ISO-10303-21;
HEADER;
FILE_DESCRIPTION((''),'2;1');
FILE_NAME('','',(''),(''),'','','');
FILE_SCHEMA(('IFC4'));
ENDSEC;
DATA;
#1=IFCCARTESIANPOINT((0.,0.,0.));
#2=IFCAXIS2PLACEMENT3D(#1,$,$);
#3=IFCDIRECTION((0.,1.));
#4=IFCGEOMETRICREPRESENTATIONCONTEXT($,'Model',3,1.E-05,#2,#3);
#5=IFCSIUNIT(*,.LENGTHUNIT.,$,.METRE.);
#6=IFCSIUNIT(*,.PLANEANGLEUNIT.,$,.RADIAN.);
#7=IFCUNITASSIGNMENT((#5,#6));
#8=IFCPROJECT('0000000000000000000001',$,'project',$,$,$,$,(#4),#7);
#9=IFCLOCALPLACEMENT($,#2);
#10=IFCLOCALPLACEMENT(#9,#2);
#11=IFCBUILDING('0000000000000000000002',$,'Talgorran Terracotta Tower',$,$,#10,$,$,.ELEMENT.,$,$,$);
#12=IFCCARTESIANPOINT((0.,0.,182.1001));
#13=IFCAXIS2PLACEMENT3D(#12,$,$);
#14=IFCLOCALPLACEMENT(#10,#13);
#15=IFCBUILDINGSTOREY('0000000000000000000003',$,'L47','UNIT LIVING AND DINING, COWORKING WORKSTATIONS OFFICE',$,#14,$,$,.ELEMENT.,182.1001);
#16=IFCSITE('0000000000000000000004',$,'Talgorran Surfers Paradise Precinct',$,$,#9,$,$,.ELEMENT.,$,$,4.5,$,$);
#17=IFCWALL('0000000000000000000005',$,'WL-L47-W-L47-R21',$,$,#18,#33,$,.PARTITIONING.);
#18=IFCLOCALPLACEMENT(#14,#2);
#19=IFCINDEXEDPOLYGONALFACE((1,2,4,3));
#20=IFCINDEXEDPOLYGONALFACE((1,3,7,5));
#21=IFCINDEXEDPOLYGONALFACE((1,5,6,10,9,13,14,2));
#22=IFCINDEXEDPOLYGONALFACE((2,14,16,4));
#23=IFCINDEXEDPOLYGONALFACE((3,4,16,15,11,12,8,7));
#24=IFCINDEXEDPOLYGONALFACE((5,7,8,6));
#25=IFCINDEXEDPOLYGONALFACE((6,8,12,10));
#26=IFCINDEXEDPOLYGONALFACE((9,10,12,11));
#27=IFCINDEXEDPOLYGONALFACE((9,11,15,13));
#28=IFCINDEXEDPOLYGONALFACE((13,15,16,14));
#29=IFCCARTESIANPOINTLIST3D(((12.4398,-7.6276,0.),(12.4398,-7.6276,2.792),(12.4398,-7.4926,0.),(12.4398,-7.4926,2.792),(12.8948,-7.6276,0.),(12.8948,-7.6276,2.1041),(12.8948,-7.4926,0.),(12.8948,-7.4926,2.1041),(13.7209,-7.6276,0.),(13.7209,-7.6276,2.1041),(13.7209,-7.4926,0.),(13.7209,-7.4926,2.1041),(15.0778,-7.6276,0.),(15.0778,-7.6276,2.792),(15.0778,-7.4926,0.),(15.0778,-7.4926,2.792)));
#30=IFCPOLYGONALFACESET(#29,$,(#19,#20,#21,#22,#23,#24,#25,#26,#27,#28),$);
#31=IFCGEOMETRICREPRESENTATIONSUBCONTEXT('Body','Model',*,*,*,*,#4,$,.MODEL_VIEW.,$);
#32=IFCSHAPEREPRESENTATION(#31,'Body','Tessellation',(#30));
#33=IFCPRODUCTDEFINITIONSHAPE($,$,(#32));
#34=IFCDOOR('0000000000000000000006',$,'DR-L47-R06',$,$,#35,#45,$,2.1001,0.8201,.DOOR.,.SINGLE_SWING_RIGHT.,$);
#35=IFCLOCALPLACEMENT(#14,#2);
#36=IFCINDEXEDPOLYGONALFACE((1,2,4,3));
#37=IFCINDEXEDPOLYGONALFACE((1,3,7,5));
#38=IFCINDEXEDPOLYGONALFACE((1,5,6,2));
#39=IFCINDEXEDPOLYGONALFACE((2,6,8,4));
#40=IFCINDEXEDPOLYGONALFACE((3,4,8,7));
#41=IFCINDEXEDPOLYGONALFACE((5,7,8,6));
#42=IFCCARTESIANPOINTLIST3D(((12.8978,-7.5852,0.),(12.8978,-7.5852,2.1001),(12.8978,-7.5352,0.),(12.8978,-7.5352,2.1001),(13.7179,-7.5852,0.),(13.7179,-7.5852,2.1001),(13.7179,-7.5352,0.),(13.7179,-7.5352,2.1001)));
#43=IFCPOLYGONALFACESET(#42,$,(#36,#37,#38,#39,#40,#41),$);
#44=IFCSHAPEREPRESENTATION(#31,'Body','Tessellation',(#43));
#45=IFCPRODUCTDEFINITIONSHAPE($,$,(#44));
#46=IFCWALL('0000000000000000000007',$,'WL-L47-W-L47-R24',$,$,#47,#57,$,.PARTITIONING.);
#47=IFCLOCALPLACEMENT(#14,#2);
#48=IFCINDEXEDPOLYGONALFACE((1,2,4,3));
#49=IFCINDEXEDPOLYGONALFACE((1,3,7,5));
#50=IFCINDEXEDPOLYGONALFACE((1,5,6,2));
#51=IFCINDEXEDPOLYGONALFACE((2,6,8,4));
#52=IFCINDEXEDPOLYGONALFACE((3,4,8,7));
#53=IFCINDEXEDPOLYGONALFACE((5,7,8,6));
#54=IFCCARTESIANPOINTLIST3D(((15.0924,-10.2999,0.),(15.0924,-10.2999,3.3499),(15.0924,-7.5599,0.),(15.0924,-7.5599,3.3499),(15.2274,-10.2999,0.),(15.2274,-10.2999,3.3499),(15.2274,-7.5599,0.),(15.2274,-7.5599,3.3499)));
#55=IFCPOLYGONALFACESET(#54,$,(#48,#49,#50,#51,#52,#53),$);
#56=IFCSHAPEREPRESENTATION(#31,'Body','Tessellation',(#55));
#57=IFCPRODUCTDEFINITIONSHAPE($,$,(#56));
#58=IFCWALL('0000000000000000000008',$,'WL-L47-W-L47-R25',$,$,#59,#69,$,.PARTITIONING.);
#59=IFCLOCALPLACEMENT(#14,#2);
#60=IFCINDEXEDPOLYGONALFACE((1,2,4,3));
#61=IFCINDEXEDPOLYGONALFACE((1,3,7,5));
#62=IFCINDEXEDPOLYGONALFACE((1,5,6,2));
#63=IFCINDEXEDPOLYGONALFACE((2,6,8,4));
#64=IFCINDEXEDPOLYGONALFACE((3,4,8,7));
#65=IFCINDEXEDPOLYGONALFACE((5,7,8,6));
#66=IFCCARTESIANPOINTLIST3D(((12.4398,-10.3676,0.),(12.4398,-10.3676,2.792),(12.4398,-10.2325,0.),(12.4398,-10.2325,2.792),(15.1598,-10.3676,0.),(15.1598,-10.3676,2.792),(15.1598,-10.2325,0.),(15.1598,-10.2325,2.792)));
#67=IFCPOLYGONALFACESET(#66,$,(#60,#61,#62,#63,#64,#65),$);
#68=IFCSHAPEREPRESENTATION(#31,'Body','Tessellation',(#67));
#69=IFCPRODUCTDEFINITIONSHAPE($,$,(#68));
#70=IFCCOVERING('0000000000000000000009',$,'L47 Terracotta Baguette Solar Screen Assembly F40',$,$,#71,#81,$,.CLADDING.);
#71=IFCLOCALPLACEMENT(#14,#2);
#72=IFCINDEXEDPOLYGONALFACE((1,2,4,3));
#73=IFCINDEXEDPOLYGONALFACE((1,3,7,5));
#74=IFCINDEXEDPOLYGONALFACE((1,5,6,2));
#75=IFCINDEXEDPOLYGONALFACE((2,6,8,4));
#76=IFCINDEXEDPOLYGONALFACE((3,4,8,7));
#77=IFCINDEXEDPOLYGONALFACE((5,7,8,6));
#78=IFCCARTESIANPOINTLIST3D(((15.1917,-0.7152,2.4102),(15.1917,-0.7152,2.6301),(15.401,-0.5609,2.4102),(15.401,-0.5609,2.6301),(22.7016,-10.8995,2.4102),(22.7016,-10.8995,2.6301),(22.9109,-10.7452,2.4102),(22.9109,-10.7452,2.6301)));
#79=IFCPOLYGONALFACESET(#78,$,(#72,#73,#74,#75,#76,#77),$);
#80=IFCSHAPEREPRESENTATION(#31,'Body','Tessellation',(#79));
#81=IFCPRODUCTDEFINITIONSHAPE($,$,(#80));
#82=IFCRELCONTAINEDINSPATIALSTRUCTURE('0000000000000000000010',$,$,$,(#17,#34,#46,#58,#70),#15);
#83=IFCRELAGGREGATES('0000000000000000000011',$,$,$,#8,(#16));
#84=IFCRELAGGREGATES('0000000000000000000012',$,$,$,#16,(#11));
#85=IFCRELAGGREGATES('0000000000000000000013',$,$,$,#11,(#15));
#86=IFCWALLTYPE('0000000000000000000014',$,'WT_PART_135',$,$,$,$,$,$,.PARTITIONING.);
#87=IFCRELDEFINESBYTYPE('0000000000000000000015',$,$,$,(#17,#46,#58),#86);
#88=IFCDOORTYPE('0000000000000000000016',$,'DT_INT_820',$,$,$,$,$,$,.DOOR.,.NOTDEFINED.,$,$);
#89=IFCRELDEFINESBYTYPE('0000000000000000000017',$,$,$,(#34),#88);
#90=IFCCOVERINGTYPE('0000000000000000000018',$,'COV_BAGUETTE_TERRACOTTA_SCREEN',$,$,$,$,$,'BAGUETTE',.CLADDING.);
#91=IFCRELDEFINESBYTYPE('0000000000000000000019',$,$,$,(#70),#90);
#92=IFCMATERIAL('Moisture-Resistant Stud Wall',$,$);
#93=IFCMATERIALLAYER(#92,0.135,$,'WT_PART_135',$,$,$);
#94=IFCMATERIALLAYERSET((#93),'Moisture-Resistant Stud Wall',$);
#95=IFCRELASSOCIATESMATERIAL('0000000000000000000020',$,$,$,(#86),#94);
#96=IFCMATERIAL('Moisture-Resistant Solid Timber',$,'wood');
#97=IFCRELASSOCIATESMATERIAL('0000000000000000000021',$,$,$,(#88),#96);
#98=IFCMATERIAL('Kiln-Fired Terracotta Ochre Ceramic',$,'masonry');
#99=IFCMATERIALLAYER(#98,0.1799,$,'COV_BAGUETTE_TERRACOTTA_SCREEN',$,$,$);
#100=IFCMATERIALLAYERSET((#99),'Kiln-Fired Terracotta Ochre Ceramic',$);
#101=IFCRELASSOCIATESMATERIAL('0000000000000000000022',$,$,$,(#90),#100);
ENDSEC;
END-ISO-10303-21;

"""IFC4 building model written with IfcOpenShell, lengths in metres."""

from ifc_helpers import new_model, si_unit, direction, frame, frame_2d, origin, origin_2d, place, context, subcontext, project, spatial, rectangle, extrude, material, layer, layer_set, type_object, element, fill, save


model = new_model("IFC4")

# Units and contexts
model_context = context("Model", 3, precision=1e-05, world=origin(), true_north=direction((0.0, 1.0)))
body_context = subcontext(model_context, "Body", "Model", "MODEL_VIEW")
ifc_project = project(units=[si_unit("LENGTHUNIT", "METRE"), si_unit("PLANEANGLEUNIT", "RADIAN")], contexts=[model_context])

# Site, building, storey
site_placement = place(None, origin())
site = spatial("IfcSite", under=ifc_project, at=site_placement, Name="Talgorran Surfers Paradise Precinct", CompositionType="ELEMENT", RefElevation=4.5)
building_placement = place(site_placement, origin())
building = spatial("IfcBuilding", under=site, at=building_placement, Name="Talgorran Terracotta Tower", CompositionType="ELEMENT")
storey_placement = place(building_placement, frame((0.0, 0.0, 182.1001)))
storey = spatial("IfcBuildingStorey", under=building, at=storey_placement, Name="L47", Description="UNIT LIVING AND DINING, COWORKING WORKSTATIONS OFFICE", CompositionType="ELEMENT", Elevation=182.1001)

# Wall, opening, door
ifc_material_1 = material(Name="Moisture-Resistant Stud Wall")
ifc_layer_1 = layer(ifc_material_1, 0.135, Name="WT_PART_135")
ifc_layer_set_1 = layer_set([ifc_layer_1], Name="Moisture-Resistant Stud Wall")
wall_type_1 = type_object("IfcWallType", Name="WT_PART_135", PredefinedType="PARTITIONING", material=ifc_layer_set_1)
wall_1_placement = place(storey_placement, frame((12.4399, -7.5601, 0.0), z_axis=(0.0, 0.0, 1.0), x_axis=(1.0, 0.0, 0.0)))
wall_1 = element("IfcWall", 1, at=wall_1_placement, inside=storey, type_object=wall_type_1, Name="WL-L47-W-L47-R21", PredefinedType="PARTITIONING", context=body_context, shape_type="SweptSolid", body=[
    extrude(rectangle(XDim=2.6379, YDim=0.135, at=frame_2d((1.3188, 0.0))), origin(), (0.0, 0.0, 1.0), 2.792),
])
opening_1_placement = place(wall_1_placement, frame((0.4578, 0.0, 0.0)))
opening_1 = element("IfcOpeningElement", 2, at=opening_1_placement, cuts=wall_1, PredefinedType="OPENING", context=body_context, shape_type="SweptSolid", body=[
    extrude(rectangle(XDim=0.8261, YDim=2.1041, at=frame_2d((0.4102, 1.052))), frame((0.0, 0.0776, 0.0), z_axis=(0.0, -1.0, 0.0), x_axis=(1.0, 0.0, 0.0)), (0.0, 0.0, 1.0), 0.155),
])
ifc_material_2 = material(Name="Moisture-Resistant Solid Timber", Category="wood")
door_type_1 = type_object("IfcDoorType", Name="DT_INT_820", OperationType="NOTDEFINED", PredefinedType="DOOR", material=ifc_material_2)
door_1_placement = place(opening_1_placement, origin())
door_1 = element("IfcDoor", 3, at=door_1_placement, inside=storey, type_object=door_type_1, Name="DR-L47-R06", OperationType="SINGLE_SWING_RIGHT", OverallHeight=2.1001, OverallWidth=0.8201, PredefinedType="DOOR", context=body_context, shape_type="SweptSolid", body=[
    extrude(rectangle(XDim=0.8201, YDim=2.1001, at=frame_2d((0.4102, 1.05))), frame((0.0, 0.0249, 0.0), z_axis=(0.0, -1.0, 0.0), x_axis=(1.0, 0.0, 0.0)), (0.0, 0.0, 1.0), 0.05),
])
fill(opening_1, door_1)

# Walls
wall_2_placement = place(storey_placement, frame((15.1599, -10.3, 0.0), z_axis=(0.0, 0.0, 1.0), x_axis=(0.0, 1.0, 0.0)))
element("IfcWall", 4, at=wall_2_placement, inside=storey, type_object=wall_type_1, Name="WL-L47-W-L47-R24", PredefinedType="PARTITIONING", context=body_context, shape_type="SweptSolid", body=[
    extrude(rectangle(XDim=2.74, YDim=0.135, at=frame_2d((1.3701, 0.0))), origin(), (0.0, 0.0, 1.0), 3.3499),
])
wall_3_placement = place(storey_placement, frame((12.4399, -10.3, 0.0), z_axis=(0.0, 0.0, 1.0), x_axis=(1.0, 0.0, 0.0)))
element("IfcWall", 5, at=wall_3_placement, inside=storey, type_object=wall_type_1, Name="WL-L47-W-L47-R25", PredefinedType="PARTITIONING", context=body_context, shape_type="SweptSolid", body=[
    extrude(rectangle(XDim=2.72, YDim=0.135, at=frame_2d((1.3599, 0.0))), origin(), (0.0, 0.0, 1.0), 2.792),
])

# Covering
ifc_material_3 = material(Name="Kiln-Fired Terracotta Ochre Ceramic", Category="masonry")
ifc_layer_2 = layer(ifc_material_3, 0.1799, Name="COV_BAGUETTE_TERRACOTTA_SCREEN")
ifc_layer_set_2 = layer_set([ifc_layer_2], Name="Kiln-Fired Terracotta Ochre Ceramic")
covering_type = type_object("IfcCoveringType", Name="COV_BAGUETTE_TERRACOTTA_SCREEN", ElementType="BAGUETTE", PredefinedType="CLADDING", material=ifc_layer_set_2)
covering_placement = place(storey_placement, frame((19.0513, -5.7302, 2.4102), z_axis=(0.0, 0.0, 1.0), x_axis=(-0.593489, 0.804842, 0.0)))
element("IfcCovering", 6, at=covering_placement, inside=storey, type_object=covering_type, Name="L47 Terracotta Baguette Solar Screen Assembly F40", PredefinedType="CLADDING", context=body_context, shape_type="SweptSolid", body=[
    extrude(rectangle(XDim=12.6538, YDim=0.26, at=origin_2d()), origin(), (0.0, 0.0, 1.0), 0.22),
])

save(model, "model.ifc")
